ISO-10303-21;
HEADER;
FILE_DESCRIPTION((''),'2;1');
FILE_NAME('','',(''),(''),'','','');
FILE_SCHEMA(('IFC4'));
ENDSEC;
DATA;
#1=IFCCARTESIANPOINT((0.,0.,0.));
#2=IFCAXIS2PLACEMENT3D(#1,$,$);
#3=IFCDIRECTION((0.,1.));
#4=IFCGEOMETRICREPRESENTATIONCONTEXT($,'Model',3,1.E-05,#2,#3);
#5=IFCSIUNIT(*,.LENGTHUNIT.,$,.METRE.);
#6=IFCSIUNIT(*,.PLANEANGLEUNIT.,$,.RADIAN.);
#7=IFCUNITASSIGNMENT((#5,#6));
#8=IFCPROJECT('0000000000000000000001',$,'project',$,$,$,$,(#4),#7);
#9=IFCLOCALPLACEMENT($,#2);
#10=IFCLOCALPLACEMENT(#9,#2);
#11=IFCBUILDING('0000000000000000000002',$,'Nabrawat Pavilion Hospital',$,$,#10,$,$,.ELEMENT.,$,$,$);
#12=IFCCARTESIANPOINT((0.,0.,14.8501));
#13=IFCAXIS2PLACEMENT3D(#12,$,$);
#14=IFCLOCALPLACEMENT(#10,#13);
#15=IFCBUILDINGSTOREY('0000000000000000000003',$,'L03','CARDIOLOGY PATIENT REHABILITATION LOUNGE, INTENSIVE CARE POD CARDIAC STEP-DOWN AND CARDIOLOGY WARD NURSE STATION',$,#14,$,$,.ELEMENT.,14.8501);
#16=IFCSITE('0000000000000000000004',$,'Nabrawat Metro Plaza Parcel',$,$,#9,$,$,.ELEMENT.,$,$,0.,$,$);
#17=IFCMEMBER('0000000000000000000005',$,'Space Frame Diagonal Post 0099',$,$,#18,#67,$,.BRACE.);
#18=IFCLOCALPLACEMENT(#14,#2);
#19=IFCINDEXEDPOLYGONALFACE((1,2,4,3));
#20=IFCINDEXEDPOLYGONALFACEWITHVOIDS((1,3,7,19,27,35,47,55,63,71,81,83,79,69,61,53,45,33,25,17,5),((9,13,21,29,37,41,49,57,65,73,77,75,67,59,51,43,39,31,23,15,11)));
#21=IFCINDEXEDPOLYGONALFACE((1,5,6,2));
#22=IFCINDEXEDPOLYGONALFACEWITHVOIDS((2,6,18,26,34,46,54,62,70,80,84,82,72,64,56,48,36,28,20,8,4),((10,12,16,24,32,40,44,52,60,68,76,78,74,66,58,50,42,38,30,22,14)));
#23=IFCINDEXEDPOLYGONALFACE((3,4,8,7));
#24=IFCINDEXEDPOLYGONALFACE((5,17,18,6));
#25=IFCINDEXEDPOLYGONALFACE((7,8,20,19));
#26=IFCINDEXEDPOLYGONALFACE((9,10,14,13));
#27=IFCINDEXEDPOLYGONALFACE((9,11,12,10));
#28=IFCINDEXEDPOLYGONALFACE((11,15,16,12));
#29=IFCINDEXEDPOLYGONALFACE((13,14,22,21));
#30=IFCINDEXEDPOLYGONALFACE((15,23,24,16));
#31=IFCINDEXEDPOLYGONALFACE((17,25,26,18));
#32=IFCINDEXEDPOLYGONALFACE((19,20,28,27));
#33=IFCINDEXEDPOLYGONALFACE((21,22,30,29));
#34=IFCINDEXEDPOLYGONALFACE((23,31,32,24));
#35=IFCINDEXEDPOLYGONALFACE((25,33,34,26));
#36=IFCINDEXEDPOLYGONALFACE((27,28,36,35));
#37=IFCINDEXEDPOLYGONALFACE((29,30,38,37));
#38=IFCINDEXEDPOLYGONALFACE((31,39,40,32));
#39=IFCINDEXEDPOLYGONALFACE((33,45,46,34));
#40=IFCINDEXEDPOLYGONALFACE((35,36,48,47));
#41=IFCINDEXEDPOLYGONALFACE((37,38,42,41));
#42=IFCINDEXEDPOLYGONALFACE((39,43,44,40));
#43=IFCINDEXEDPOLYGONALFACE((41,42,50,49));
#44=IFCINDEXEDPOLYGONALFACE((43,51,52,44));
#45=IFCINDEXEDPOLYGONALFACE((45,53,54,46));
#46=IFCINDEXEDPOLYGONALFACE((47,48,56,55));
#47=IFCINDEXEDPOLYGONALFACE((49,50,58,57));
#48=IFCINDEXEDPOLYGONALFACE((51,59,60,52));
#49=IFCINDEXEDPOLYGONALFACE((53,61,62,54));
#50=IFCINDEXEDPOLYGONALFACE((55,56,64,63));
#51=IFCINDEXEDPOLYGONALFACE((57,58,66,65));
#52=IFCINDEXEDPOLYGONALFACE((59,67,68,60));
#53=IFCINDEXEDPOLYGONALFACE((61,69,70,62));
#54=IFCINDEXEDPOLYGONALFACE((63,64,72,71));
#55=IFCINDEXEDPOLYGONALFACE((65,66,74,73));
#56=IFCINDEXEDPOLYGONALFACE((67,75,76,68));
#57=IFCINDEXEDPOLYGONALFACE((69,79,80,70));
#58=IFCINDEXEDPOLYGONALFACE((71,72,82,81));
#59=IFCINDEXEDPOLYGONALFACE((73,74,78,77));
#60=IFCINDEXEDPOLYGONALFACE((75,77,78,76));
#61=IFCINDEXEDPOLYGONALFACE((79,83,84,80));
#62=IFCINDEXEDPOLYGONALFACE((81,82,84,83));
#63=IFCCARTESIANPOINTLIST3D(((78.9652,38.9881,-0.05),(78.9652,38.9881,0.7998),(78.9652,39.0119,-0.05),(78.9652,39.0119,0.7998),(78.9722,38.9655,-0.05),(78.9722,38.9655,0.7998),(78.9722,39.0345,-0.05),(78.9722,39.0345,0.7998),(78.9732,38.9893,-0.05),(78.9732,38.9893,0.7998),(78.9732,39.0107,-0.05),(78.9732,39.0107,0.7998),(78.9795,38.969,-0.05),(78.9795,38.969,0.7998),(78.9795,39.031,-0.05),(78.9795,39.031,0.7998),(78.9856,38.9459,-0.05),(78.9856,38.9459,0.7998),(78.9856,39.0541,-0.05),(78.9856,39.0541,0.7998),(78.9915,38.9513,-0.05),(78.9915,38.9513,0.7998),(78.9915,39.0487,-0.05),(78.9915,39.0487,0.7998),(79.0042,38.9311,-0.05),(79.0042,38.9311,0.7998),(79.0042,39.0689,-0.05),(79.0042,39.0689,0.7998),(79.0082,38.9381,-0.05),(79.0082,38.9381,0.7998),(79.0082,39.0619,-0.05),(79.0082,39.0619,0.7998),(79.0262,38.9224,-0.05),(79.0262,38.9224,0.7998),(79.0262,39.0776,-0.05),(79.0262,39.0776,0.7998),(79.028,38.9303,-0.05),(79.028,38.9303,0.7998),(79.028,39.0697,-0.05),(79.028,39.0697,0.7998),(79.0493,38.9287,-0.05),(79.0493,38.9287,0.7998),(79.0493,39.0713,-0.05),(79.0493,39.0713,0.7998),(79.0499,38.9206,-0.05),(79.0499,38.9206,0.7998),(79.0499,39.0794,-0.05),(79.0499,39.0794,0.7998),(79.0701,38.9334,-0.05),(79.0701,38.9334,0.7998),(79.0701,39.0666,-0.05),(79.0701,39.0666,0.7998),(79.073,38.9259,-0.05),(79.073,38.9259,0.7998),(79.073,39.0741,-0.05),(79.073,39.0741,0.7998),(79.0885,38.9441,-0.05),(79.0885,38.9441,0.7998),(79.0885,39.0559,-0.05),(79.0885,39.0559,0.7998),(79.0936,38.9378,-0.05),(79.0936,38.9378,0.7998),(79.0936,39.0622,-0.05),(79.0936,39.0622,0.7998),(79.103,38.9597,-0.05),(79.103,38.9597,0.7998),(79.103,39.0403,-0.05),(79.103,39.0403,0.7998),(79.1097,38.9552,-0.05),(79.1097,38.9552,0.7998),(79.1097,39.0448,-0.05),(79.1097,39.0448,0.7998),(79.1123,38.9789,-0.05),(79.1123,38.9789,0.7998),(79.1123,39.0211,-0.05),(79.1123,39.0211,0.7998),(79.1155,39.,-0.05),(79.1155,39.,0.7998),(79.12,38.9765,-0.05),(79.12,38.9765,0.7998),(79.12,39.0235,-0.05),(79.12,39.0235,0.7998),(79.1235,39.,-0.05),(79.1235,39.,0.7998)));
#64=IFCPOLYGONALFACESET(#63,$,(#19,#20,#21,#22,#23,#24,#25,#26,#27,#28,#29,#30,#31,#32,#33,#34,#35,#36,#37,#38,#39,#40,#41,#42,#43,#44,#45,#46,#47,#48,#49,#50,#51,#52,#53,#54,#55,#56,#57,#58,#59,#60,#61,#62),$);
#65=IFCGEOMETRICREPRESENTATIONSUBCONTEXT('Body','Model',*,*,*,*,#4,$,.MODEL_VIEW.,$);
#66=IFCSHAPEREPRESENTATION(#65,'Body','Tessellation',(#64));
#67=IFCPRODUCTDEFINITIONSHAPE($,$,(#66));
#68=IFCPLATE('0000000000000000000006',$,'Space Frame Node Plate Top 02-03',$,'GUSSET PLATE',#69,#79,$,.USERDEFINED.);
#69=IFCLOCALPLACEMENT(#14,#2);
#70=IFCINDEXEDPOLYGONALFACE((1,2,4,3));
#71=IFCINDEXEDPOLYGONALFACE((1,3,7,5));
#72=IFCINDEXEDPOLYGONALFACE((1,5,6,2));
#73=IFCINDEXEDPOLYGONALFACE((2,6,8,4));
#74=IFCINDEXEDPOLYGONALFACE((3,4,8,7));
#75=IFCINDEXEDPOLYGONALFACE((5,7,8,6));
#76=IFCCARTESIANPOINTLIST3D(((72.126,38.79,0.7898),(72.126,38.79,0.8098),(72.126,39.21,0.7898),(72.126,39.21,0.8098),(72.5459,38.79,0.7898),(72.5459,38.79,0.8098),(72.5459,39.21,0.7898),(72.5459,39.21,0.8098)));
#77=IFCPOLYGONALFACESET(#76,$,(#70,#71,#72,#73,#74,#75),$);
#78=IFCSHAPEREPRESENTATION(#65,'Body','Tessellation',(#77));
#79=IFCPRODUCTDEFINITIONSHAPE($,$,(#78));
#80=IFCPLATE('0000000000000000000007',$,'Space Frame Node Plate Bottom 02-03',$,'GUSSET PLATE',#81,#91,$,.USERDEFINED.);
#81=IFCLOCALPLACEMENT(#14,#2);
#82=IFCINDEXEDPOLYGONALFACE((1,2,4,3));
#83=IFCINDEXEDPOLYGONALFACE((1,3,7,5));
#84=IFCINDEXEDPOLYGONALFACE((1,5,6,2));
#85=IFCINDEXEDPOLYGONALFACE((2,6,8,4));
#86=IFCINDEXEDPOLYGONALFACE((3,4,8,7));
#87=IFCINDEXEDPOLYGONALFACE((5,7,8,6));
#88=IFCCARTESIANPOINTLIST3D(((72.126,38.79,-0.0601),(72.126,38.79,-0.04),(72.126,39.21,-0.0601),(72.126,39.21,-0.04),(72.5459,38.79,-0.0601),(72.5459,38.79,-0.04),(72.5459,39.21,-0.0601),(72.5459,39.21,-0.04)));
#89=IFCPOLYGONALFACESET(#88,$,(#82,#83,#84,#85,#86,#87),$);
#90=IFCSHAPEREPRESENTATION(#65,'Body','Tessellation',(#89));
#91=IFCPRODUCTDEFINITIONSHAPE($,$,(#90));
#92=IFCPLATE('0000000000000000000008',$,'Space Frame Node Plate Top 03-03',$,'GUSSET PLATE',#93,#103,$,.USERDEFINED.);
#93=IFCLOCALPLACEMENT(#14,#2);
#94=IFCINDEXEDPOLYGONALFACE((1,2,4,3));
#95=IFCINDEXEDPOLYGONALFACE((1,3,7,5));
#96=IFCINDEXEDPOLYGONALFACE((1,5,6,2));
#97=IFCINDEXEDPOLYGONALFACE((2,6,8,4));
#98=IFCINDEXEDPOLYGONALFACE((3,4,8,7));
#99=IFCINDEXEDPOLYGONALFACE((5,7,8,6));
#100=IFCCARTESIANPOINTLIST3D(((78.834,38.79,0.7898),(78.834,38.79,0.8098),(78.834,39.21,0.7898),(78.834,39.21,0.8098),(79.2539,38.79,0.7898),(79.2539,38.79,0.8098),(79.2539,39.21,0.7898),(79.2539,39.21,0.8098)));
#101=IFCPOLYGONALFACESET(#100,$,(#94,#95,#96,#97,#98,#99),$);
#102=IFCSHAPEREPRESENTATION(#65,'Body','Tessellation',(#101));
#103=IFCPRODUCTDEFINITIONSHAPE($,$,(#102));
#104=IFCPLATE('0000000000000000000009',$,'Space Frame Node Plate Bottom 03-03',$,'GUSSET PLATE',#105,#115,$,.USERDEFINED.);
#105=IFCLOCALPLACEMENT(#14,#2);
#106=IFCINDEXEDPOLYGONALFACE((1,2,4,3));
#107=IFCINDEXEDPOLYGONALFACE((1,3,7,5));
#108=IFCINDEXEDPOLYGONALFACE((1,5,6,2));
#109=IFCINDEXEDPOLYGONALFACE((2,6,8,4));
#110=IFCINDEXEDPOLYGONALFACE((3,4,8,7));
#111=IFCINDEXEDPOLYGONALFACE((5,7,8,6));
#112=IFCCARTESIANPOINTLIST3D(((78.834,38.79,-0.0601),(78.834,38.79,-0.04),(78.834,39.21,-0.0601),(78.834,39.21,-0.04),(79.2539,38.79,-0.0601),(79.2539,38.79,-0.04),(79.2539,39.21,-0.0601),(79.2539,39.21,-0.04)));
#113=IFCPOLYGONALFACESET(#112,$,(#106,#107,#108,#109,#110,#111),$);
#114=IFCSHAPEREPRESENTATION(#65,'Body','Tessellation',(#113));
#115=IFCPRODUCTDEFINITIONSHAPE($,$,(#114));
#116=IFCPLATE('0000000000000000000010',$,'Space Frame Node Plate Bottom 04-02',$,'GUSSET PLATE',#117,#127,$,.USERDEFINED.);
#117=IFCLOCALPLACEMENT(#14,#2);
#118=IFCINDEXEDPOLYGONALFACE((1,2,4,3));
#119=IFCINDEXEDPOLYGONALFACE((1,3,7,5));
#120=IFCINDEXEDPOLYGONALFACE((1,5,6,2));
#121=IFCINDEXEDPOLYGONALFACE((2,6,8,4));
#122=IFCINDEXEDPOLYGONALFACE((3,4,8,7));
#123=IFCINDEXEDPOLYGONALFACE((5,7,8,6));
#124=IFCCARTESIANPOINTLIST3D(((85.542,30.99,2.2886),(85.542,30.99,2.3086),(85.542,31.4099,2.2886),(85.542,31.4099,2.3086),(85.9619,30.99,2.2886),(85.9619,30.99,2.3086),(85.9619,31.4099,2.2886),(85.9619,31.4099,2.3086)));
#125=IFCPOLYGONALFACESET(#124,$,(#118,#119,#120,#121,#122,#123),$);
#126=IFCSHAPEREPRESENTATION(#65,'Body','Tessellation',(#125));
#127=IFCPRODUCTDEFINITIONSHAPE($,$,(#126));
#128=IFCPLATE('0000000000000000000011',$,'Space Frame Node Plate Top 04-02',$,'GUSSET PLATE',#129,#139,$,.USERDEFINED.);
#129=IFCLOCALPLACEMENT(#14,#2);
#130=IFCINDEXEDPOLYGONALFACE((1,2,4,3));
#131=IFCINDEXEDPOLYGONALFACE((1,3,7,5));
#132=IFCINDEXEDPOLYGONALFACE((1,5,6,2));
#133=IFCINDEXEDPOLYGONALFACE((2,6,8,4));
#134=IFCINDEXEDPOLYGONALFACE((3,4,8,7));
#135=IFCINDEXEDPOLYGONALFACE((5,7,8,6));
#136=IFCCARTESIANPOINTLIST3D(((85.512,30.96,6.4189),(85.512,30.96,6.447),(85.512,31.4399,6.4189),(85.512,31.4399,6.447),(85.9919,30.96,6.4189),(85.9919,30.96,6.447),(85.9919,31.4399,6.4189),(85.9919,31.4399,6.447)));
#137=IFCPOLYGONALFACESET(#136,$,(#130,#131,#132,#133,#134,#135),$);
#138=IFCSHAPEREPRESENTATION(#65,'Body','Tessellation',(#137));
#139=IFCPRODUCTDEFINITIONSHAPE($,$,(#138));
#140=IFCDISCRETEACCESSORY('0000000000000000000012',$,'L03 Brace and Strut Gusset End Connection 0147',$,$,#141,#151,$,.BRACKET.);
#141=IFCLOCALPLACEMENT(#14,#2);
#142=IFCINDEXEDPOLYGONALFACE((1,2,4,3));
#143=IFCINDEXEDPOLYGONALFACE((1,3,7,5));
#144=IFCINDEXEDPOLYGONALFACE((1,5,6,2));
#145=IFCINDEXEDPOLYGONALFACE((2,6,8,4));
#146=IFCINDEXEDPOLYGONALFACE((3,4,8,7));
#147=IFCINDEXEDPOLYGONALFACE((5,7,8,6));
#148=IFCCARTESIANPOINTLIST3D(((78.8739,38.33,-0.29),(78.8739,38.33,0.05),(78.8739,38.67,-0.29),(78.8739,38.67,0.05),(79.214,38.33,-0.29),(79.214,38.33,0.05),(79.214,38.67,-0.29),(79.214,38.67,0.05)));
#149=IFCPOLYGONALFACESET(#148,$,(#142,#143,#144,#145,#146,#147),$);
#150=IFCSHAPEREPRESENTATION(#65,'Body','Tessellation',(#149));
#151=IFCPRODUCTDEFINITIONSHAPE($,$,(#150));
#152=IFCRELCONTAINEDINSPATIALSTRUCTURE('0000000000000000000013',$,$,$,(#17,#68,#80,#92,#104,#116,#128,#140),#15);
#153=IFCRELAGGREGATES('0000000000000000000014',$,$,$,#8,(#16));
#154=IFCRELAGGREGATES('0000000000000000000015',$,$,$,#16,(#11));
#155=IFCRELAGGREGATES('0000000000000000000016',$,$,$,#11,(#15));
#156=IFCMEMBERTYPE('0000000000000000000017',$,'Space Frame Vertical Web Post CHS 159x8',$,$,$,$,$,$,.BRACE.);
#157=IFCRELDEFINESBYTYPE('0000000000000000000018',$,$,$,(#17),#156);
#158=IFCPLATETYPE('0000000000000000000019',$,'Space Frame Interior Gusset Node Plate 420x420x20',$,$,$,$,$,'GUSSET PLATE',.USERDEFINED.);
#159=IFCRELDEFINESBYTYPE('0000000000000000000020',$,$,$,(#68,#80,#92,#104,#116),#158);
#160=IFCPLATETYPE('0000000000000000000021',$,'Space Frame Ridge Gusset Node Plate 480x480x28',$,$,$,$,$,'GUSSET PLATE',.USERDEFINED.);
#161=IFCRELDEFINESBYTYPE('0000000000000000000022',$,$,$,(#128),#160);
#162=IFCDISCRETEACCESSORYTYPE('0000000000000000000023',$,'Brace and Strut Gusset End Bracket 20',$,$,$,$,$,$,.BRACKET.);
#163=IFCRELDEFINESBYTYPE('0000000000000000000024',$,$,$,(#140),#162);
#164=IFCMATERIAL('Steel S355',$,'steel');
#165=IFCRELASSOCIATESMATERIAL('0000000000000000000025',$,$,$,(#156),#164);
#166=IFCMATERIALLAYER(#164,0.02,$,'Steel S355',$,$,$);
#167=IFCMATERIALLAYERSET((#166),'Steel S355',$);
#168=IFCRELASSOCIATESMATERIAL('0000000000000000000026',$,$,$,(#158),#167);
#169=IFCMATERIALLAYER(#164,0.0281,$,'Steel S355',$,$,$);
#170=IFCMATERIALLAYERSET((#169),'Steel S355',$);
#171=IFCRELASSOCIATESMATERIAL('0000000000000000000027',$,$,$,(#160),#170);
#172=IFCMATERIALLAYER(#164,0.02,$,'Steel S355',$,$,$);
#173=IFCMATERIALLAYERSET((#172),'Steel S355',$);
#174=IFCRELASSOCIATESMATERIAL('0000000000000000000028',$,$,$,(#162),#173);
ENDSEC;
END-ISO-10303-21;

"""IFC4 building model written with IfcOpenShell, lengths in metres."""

from ifc_helpers import new_model, si_unit, direction, frame, origin, origin_2d, place, context, subcontext, project, spatial, rectangle, hollow_circle, extrude, material, layer, layer_set, material_profile, profile_set, type_object, element, save


model = new_model("IFC4")

# Units and contexts
model_context = context("Model", 3, precision=1e-05, world=origin(), true_north=direction((0.0, 1.0)))
body_context = subcontext(model_context, "Body", "Model", "MODEL_VIEW")
ifc_project = project(units=[si_unit("LENGTHUNIT", "METRE"), si_unit("PLANEANGLEUNIT", "RADIAN")], contexts=[model_context])

# Site, building, storey
site_placement = place(None, origin())
site = spatial("IfcSite", under=ifc_project, at=site_placement, Name="Nabrawat Metro Plaza Parcel", CompositionType="ELEMENT", RefElevation=0.0)
building_placement = place(site_placement, origin())
building = spatial("IfcBuilding", under=site, at=building_placement, Name="Nabrawat Pavilion Hospital", CompositionType="ELEMENT")
storey_placement = place(building_placement, frame((0.0, 0.0, 14.8501)))
storey = spatial("IfcBuildingStorey", under=building, at=storey_placement, Name="L03", Description="CARDIOLOGY PATIENT REHABILITATION LOUNGE, INTENSIVE CARE POD CARDIAC STEP-DOWN AND CARDIOLOGY WARD NURSE STATION", CompositionType="ELEMENT", Elevation=14.8501)

# Shared definitions
ifc_material = material(Name="Steel S355", Category="steel")

# Member
ifc_material_profile_1 = material_profile(ifc_material, hollow_circle(Radius=0.0796, WallThickness=0.0081, at=origin_2d()), Name="CHS 159x8")
ifc_profile_set_1 = profile_set([ifc_material_profile_1], Name="Steel S355")
member_type_1 = type_object("IfcMemberType", Name="Space Frame Vertical Web Post CHS 159x8", PredefinedType="BRACE", material=ifc_profile_set_1)
member_1_placement = place(storey_placement, frame((79.0439, 39.0, -0.05), z_axis=(0.0, 0.0, 1.0), x_axis=(1.0, 0.0, 0.0)))
element("IfcMember", 1, at=member_1_placement, inside=storey, type_object=member_type_1, Name="Space Frame Diagonal Post 0099", PredefinedType="BRACE", context=body_context, shape_type="SweptSolid", body=[
    extrude(hollow_circle(Radius=0.0796, WallThickness=0.0081, at=origin_2d()), origin(), (0.0, 0.0, 1.0), 0.8499),
])

# Plates
ifc_layer_1 = layer(ifc_material, 0.02, Name="Steel S355")
ifc_layer_set_1 = layer_set([ifc_layer_1], Name="Steel S355")
plate_type_1 = type_object("IfcPlateType", Name="Space Frame Interior Gusset Node Plate 420x420x20", ElementType="GUSSET PLATE", PredefinedType="USERDEFINED", material=ifc_layer_set_1)
for number, where, z_axis, x_axis, name in (
    (2, (72.3359, 39.0, 0.7898), (0.0, 0.0, 1.0), (1.0, 0.0, 0.0), "Space Frame Node Plate Top 02-03"),
    (3, (72.3359, 39.0, -0.0601), (0.0, 0.0, 1.0), (1.0, 0.0, 0.0), "Space Frame Node Plate Bottom 02-03"),
    (4, (79.0439, 39.0, 0.7898), (0.0, 0.0, 1.0), (1.0, 0.0, 0.0), "Space Frame Node Plate Top 03-03"),
    (5, (79.0439, 39.0, -0.0601), (0.0, 0.0, 1.0), (1.0, 0.0, 0.0), "Space Frame Node Plate Bottom 03-03"),
    (6, (85.752, 31.2, 2.2886), (0.0, 0.0, 1.0), (1.0, 0.0, 0.0), "Space Frame Node Plate Bottom 04-02"),
):
    element("IfcPlate", number, at=place(storey_placement, frame(where, z_axis=z_axis, x_axis=x_axis)), inside=storey, type_object=plate_type_1, Name=name, ObjectType="GUSSET PLATE", PredefinedType="USERDEFINED", context=body_context, shape_type="SweptSolid", body=[
        extrude(rectangle(XDim=0.4199, YDim=0.4199, at=origin_2d()), origin(), (0.0, 0.0, 1.0), 0.02),
    ])
ifc_layer_2 = layer(ifc_material, 0.0281, Name="Steel S355")
ifc_layer_set_2 = layer_set([ifc_layer_2], Name="Steel S355")
plate_type_2 = type_object("IfcPlateType", Name="Space Frame Ridge Gusset Node Plate 480x480x28", ElementType="GUSSET PLATE", PredefinedType="USERDEFINED", material=ifc_layer_set_2)
plate_placement = place(storey_placement, frame((85.752, 31.2, 6.4189), z_axis=(0.0, 0.0, 1.0), x_axis=(1.0, 0.0, 0.0)))
element("IfcPlate", 7, at=plate_placement, inside=storey, type_object=plate_type_2, Name="Space Frame Node Plate Top 04-02", ObjectType="GUSSET PLATE", PredefinedType="USERDEFINED", context=body_context, shape_type="SweptSolid", body=[
    extrude(rectangle(XDim=0.48, YDim=0.48, at=origin_2d()), origin(), (0.0, 0.0, 1.0), 0.0281),
])

# Discrete accessory
ifc_layer_3 = layer(ifc_material, 0.02, Name="Steel S355")
ifc_layer_set_3 = layer_set([ifc_layer_3], Name="Steel S355")
discrete_accessory_type = type_object("IfcDiscreteAccessoryType", Name="Brace and Strut Gusset End Bracket 20", PredefinedType="BRACKET", material=ifc_layer_set_3)
discrete_accessory_placement = place(storey_placement, frame((79.0439, 38.5, -0.29), z_axis=(0.0, 0.0, 1.0), x_axis=(1.0, 0.0, 0.0)))
element("IfcDiscreteAccessory", 8, at=discrete_accessory_placement, inside=storey, type_object=discrete_accessory_type, Name="L03 Brace and Strut Gusset End Connection 0147", PredefinedType="BRACKET", context=body_context, shape_type="SweptSolid", body=[
    extrude(rectangle(XDim=0.3401, YDim=0.3401, at=origin_2d()), origin(), (0.0, 0.0, 1.0), 0.3401),
])

save(model, "model.ifc")
